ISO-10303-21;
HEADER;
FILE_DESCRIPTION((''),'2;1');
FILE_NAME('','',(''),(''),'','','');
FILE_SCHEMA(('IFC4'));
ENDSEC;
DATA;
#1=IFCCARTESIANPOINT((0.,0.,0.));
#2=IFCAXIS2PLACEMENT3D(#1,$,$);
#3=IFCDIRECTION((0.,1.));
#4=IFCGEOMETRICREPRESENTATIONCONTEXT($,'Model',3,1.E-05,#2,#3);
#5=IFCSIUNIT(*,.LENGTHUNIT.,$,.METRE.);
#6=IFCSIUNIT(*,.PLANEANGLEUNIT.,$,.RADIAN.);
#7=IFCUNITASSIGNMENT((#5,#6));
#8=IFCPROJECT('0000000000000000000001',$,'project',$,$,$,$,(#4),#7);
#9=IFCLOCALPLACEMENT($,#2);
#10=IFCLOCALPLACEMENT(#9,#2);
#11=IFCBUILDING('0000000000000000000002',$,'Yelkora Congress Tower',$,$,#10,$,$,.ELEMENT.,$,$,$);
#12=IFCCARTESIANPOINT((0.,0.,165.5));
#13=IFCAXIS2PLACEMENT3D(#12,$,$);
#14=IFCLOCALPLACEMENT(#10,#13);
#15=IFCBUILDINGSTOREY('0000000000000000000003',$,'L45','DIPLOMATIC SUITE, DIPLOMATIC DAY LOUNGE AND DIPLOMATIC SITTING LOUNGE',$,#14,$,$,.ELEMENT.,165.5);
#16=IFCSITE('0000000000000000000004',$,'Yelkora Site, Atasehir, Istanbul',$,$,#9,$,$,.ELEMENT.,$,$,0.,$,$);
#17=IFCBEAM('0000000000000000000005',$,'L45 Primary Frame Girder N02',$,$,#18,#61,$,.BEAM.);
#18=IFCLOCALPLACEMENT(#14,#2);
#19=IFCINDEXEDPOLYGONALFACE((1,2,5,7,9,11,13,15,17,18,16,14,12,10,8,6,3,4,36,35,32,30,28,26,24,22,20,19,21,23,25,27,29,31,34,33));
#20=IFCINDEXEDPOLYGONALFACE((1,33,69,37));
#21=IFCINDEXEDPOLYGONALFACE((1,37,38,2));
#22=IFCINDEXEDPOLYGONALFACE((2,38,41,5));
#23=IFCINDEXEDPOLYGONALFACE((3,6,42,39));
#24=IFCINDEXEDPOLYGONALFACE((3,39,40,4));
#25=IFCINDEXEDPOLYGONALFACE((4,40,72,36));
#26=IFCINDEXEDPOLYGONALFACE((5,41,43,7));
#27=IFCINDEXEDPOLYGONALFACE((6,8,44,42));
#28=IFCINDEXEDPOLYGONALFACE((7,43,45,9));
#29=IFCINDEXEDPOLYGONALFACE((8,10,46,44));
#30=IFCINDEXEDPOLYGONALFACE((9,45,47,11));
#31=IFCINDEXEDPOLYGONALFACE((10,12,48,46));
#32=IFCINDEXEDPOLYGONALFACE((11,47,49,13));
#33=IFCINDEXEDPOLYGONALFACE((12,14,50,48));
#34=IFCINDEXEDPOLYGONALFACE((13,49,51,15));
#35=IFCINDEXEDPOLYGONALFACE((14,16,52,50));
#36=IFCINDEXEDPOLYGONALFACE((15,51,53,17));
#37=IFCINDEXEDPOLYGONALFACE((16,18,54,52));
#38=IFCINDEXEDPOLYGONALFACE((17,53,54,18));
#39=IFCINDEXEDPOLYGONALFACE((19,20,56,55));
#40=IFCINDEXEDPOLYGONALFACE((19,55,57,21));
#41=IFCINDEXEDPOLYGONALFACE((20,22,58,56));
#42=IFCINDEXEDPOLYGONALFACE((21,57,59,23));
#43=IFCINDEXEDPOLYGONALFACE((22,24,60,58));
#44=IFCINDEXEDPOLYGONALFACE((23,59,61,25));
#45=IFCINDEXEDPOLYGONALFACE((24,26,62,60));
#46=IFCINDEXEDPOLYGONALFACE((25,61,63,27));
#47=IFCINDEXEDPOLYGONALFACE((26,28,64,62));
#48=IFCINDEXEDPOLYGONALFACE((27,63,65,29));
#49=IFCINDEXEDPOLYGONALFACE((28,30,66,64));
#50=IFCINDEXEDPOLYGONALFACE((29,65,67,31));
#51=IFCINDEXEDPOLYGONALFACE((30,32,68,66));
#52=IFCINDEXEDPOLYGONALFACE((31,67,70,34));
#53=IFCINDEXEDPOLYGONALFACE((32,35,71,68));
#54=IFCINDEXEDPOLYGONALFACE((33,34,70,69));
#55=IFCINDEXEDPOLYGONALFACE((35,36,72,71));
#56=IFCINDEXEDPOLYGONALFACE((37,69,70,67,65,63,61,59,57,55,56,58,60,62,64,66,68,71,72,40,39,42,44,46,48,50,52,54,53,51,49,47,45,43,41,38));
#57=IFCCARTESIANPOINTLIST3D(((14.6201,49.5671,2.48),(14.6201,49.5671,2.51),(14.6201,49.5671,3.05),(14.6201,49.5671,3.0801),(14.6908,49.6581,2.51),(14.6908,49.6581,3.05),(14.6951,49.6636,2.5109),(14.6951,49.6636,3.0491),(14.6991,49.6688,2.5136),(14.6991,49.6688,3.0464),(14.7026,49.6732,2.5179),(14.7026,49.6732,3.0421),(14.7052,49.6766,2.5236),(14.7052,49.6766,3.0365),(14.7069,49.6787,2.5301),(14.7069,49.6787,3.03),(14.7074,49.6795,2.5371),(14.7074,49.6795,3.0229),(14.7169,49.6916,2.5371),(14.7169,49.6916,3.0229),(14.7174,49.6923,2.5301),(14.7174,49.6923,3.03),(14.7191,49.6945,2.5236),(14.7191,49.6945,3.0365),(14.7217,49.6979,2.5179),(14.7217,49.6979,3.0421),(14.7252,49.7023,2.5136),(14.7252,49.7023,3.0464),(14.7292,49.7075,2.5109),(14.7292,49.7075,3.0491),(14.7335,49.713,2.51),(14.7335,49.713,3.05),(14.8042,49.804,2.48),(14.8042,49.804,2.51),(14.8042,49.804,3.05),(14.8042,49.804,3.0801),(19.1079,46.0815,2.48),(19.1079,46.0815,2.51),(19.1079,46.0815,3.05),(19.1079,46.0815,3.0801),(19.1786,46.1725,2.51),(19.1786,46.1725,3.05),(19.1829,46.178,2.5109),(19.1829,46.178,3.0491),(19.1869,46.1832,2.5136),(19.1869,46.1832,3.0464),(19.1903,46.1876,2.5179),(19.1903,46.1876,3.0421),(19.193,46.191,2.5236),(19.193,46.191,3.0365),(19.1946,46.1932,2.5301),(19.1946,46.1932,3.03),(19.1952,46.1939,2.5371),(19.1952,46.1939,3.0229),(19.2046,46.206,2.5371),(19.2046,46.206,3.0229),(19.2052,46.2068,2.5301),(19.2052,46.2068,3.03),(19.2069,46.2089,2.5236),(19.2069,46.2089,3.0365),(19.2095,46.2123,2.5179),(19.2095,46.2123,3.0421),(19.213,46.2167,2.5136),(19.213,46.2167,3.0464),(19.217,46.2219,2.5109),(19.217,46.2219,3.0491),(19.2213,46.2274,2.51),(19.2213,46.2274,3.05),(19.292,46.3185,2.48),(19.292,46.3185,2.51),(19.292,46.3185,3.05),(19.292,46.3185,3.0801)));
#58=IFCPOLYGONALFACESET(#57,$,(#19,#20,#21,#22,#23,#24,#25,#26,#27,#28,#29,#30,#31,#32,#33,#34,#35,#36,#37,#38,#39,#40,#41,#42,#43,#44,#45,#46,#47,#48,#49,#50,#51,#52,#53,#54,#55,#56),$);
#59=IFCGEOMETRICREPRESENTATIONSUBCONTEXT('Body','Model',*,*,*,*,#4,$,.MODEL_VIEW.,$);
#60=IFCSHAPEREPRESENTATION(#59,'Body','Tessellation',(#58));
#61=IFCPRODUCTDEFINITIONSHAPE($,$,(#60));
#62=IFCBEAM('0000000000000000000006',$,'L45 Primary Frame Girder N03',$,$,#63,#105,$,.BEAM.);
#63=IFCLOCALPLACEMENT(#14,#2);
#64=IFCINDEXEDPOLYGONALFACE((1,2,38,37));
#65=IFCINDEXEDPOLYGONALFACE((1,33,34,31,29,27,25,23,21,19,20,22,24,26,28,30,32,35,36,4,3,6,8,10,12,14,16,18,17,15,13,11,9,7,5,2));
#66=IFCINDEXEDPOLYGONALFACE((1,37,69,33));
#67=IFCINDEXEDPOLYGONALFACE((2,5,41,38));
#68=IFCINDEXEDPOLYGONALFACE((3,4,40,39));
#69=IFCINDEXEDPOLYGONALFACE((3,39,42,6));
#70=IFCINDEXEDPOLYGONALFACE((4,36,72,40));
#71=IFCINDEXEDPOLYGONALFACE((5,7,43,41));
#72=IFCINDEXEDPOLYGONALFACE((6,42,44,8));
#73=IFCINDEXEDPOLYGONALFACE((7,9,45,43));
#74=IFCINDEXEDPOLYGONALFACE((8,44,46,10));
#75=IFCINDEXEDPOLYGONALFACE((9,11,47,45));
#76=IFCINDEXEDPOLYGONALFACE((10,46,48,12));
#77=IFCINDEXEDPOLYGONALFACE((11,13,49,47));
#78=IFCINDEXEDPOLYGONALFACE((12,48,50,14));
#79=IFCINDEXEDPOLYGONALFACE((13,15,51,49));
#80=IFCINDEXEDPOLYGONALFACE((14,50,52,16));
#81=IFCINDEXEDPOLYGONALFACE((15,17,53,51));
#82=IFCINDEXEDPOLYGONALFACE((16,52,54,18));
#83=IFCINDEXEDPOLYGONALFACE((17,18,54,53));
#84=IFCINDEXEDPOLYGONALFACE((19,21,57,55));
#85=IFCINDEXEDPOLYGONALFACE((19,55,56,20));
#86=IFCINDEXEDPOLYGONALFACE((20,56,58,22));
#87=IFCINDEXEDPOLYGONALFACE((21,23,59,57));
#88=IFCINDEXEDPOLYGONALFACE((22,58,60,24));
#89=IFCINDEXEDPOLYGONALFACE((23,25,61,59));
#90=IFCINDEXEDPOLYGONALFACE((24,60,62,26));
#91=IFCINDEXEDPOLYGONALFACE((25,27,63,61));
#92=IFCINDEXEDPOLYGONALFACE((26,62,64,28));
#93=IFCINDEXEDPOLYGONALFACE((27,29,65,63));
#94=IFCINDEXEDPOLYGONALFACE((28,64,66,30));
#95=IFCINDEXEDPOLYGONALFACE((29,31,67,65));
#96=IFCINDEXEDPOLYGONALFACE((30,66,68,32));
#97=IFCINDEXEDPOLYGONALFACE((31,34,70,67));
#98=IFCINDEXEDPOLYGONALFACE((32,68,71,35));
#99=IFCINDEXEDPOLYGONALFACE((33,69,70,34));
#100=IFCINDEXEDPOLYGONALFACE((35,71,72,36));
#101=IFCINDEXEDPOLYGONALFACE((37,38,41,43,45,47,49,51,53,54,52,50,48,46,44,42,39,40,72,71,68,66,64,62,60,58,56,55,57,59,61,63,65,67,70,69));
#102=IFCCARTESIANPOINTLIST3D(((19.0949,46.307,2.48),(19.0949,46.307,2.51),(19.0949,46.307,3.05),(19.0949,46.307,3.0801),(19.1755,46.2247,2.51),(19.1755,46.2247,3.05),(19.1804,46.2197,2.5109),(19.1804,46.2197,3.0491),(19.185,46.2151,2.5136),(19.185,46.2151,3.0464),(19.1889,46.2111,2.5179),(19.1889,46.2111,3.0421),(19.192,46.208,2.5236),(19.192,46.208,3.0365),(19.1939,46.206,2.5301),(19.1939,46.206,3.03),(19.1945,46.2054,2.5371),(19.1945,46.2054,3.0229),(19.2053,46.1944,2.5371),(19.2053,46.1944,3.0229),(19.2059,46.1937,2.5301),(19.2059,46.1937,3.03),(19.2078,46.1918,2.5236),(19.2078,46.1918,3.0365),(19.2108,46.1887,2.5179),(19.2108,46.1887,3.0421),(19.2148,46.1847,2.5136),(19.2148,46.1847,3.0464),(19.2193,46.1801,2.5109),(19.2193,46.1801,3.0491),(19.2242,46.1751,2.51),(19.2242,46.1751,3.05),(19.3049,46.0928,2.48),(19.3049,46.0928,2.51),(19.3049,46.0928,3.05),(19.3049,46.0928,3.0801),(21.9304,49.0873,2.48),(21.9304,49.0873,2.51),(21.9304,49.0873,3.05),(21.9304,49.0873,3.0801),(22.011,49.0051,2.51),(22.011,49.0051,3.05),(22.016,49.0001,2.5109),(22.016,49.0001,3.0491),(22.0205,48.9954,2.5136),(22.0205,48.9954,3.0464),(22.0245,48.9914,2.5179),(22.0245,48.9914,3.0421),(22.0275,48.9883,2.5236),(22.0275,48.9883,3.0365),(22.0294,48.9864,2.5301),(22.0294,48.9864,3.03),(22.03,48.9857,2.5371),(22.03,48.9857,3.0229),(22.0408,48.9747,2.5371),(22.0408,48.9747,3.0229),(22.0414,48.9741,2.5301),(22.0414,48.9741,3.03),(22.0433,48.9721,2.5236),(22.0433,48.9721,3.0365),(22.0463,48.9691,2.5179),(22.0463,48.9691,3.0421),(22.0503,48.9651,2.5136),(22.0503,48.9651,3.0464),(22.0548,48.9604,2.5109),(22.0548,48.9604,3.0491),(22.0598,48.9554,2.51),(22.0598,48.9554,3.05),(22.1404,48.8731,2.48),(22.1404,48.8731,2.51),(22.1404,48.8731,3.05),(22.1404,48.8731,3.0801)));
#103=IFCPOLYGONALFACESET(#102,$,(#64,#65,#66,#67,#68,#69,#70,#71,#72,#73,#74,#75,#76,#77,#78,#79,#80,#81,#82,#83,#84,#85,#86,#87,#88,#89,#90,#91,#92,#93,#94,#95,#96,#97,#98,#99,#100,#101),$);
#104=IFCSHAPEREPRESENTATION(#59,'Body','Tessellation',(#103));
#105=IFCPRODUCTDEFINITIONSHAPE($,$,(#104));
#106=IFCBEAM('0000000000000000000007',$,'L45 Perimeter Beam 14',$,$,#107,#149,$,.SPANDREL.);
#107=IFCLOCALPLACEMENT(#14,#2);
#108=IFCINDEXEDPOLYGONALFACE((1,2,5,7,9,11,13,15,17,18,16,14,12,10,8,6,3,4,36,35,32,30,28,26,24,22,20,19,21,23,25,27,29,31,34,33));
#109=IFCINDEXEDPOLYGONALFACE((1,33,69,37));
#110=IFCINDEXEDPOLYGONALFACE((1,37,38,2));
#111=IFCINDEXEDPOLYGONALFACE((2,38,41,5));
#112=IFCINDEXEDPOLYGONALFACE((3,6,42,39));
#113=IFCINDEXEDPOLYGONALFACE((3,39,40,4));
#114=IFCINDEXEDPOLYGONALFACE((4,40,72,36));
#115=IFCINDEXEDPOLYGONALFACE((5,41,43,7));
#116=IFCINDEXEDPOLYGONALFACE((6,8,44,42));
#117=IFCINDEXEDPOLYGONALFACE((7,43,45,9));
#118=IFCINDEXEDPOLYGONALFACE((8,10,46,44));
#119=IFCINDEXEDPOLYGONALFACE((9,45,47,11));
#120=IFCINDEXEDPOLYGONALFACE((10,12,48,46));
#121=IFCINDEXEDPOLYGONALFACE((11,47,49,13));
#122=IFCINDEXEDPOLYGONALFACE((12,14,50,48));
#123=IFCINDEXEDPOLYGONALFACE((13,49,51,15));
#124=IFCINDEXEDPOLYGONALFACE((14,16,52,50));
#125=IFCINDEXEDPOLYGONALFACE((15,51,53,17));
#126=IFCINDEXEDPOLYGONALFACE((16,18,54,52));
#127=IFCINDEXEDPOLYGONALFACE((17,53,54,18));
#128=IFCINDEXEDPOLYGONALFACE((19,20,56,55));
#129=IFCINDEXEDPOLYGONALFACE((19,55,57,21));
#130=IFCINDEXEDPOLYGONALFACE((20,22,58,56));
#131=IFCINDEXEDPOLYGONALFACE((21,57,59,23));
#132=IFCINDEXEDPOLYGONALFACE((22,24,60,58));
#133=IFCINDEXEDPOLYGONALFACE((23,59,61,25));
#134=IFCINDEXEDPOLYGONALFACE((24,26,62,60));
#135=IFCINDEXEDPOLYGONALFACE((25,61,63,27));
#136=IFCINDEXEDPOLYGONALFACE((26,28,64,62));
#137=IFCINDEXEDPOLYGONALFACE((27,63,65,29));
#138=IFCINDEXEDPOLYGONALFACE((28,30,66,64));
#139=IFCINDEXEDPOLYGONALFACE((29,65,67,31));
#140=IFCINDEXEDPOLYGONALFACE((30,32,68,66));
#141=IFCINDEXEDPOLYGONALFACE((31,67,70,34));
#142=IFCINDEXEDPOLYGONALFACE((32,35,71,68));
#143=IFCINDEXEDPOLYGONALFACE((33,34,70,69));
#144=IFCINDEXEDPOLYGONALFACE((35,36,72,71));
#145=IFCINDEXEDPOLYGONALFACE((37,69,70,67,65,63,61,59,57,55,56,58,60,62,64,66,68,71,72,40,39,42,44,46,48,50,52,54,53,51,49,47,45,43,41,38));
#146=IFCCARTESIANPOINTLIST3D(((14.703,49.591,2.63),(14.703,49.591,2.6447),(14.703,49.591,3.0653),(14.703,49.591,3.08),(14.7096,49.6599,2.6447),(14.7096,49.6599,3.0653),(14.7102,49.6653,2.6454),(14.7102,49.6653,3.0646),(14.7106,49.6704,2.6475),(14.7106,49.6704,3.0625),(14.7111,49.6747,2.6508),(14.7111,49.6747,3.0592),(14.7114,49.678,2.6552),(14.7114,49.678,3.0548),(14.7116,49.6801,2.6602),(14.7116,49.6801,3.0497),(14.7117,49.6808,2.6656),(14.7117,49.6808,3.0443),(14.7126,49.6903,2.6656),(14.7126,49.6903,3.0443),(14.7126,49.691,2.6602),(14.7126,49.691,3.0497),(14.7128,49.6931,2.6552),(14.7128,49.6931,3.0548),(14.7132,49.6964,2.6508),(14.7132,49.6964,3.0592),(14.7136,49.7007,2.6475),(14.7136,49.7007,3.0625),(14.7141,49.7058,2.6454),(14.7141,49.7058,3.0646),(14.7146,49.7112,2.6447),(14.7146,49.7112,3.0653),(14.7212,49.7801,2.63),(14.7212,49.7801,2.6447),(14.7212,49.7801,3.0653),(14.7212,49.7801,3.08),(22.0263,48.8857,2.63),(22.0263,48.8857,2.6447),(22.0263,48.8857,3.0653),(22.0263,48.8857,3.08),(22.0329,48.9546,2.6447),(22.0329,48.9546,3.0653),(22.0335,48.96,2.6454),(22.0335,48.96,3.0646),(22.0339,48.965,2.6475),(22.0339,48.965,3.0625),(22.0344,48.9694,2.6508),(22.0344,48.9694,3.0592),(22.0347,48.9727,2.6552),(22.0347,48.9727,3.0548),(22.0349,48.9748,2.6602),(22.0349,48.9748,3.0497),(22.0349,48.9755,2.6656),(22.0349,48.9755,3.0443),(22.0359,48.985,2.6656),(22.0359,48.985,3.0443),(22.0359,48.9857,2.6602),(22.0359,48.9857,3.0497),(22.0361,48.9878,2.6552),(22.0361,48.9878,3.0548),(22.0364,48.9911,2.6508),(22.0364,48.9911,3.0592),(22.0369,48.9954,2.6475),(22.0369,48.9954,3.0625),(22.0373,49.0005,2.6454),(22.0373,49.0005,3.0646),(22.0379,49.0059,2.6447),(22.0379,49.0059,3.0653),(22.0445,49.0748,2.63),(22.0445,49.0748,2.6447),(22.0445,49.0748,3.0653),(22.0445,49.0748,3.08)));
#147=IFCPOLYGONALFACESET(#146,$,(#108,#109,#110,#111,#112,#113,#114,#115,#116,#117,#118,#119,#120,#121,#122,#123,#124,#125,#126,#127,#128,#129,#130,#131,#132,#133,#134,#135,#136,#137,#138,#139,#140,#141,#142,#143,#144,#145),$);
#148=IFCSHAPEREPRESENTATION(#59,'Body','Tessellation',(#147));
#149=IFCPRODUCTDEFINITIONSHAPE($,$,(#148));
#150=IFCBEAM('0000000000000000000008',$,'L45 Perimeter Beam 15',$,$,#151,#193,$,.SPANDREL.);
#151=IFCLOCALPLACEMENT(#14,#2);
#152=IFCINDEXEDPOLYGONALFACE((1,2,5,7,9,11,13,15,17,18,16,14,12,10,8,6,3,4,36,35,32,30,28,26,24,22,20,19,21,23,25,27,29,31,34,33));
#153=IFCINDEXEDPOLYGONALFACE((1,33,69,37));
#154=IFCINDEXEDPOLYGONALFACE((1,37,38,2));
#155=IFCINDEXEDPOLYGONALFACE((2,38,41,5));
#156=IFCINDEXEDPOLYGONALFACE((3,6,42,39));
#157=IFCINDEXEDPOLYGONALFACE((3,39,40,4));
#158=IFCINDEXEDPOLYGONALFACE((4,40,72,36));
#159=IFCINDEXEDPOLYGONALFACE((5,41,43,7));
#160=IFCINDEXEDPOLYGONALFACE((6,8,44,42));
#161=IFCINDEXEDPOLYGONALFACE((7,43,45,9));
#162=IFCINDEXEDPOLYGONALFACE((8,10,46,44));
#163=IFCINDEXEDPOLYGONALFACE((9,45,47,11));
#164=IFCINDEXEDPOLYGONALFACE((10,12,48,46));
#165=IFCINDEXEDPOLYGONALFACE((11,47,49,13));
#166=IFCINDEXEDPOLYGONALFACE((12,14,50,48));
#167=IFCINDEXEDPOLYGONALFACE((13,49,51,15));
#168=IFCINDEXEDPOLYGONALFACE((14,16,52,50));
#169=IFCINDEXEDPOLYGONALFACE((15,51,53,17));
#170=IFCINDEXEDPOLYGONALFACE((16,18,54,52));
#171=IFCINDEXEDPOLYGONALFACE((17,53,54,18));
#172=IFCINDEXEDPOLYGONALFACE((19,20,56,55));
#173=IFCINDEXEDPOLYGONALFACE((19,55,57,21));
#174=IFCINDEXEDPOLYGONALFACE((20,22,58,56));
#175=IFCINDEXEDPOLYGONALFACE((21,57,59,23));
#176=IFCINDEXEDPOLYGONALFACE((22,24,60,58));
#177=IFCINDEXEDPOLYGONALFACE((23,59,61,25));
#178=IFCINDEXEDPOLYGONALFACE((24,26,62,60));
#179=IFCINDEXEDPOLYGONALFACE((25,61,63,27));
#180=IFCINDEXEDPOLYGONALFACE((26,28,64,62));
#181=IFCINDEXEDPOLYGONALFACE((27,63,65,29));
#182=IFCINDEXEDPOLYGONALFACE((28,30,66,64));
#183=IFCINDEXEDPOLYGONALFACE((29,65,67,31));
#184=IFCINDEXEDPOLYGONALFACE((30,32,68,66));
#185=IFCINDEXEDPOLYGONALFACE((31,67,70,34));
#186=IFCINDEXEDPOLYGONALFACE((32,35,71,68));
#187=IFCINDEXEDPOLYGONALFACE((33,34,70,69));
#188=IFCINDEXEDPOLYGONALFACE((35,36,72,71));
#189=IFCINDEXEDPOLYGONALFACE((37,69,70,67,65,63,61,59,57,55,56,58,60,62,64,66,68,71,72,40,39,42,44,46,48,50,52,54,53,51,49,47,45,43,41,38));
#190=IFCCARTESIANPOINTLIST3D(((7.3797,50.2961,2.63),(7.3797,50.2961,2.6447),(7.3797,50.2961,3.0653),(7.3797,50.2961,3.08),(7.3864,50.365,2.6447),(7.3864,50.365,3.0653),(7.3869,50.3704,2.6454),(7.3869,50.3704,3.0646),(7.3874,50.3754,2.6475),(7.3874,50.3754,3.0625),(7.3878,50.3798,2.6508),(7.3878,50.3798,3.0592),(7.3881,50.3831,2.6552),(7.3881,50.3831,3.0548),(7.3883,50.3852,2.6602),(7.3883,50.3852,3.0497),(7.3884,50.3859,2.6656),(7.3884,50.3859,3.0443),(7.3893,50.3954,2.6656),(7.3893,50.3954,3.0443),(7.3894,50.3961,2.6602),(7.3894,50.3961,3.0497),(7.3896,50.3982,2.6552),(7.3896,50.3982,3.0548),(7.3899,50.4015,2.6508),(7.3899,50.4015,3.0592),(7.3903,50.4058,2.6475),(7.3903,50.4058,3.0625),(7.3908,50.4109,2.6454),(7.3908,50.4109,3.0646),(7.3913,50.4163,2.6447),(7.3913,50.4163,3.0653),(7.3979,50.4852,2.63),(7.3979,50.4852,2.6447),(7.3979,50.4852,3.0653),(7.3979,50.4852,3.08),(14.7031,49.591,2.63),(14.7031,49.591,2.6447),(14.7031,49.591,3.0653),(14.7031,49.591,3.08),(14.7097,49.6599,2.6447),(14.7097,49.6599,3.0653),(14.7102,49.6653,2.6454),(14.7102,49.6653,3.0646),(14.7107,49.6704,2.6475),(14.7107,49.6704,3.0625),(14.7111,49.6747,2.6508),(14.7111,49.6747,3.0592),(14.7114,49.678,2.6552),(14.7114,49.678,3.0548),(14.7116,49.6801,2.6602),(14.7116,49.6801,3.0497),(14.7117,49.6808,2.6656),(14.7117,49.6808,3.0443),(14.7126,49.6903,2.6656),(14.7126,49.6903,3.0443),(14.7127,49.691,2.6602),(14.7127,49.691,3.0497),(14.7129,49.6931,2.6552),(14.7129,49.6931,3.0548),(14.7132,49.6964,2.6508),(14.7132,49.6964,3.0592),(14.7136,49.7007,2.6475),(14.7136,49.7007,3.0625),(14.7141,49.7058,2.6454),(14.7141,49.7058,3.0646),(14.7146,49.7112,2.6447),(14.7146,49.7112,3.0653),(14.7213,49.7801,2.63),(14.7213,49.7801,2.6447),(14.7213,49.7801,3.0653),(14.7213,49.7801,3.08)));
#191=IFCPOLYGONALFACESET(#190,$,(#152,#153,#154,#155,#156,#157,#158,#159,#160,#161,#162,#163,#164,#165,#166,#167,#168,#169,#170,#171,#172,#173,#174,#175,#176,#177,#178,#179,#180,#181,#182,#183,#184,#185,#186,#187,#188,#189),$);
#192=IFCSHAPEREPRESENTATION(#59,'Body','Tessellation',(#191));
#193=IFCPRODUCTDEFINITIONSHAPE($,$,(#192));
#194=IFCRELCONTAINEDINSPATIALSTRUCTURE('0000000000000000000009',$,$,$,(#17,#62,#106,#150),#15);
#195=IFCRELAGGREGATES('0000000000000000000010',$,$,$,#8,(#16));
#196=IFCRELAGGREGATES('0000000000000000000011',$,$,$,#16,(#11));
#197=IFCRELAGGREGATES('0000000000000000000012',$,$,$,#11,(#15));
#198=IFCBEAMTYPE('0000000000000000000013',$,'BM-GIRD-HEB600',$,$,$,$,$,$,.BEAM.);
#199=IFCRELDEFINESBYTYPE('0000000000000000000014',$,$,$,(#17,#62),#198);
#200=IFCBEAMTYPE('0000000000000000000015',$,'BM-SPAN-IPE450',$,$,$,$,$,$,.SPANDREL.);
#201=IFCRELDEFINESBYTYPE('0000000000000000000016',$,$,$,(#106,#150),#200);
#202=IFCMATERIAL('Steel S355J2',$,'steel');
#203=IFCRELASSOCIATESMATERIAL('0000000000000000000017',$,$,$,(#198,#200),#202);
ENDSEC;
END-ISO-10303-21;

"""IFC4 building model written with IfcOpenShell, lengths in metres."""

from ifc_helpers import new_model, si_unit, direction, frame, origin, origin_2d, place, context, subcontext, project, spatial, i_section, extrude, material, material_profile, profile_set, type_object, element, save


model = new_model("IFC4")

# Units and contexts
model_context = context("Model", 3, precision=1e-05, world=origin(), true_north=direction((0.0, 1.0)))
body_context = subcontext(model_context, "Body", "Model", "MODEL_VIEW")
ifc_project = project(units=[si_unit("LENGTHUNIT", "METRE"), si_unit("PLANEANGLEUNIT", "RADIAN")], contexts=[model_context])

# Site, building, storey
site_placement = place(None, origin())
site = spatial("IfcSite", under=ifc_project, at=site_placement, Name="Yelkora Site, Atasehir, Istanbul", CompositionType="ELEMENT", RefElevation=0.0)
building_placement = place(site_placement, origin())
building = spatial("IfcBuilding", under=site, at=building_placement, Name="Yelkora Congress Tower", CompositionType="ELEMENT")
storey_placement = place(building_placement, frame((0.0, 0.0, 165.5)))
storey = spatial("IfcBuildingStorey", under=building, at=storey_placement, Name="L45", Description="DIPLOMATIC SUITE, DIPLOMATIC DAY LOUNGE AND DIPLOMATIC SITTING LOUNGE", CompositionType="ELEMENT", Elevation=165.5)

# Beams
ifc_material_1 = material(Name="Steel S355J2", Category="steel")
ifc_material_profile_1 = material_profile(ifc_material_1, i_section(OverallWidth=0.3, OverallDepth=0.6001, WebThickness=0.0154, FlangeThickness=0.03, FilletRadius=0.0271, at=origin_2d()), Name="HEB 600")
ifc_profile_set_1 = profile_set([ifc_material_profile_1], Name="Steel S355J2")
beam_type_1 = type_object("IfcBeamType", Name="BM-GIRD-HEB600", PredefinedType="BEAM", material=ifc_profile_set_1)
beam_1_placement = place(storey_placement, frame((14.7122, 49.6855, 2.78), z_axis=(0.789771, -0.613402, 0.0), x_axis=(0.613402, 0.789771, 0.0)))
element("IfcBeam", 1, at=beam_1_placement, inside=storey, type_object=beam_type_1, Name="L45 Primary Frame Girder N02", PredefinedType="BEAM", context=body_context, shape_type="SweptSolid", body=[
    extrude(i_section(OverallWidth=0.3, OverallDepth=0.6001, WebThickness=0.0154, FlangeThickness=0.03, FilletRadius=0.0271, at=origin_2d()), origin(), (0.0, 0.0, 1.0), 5.6824),
])
beam_2_placement = place(storey_placement, frame((22.0354, 48.9802, 2.78), z_axis=(-0.71402, -0.700126, 0.0), x_axis=(0.700126, -0.71402, 0.0)))
element("IfcBeam", 2, at=beam_2_placement, inside=storey, type_object=beam_type_1, Name="L45 Primary Frame Girder N03", PredefinedType="BEAM", context=body_context, shape_type="SweptSolid", body=[
    extrude(i_section(OverallWidth=0.3, OverallDepth=0.6001, WebThickness=0.0154, FlangeThickness=0.03, FilletRadius=0.0271, at=origin_2d()), origin(), (0.0, 0.0, 1.0), 3.9712),
])
ifc_material_profile_2 = material_profile(ifc_material_1, i_section(OverallWidth=0.1899, OverallDepth=0.45, WebThickness=0.0095, FlangeThickness=0.0146, FilletRadius=0.021, at=origin_2d()), Name="IPE 450")
ifc_profile_set_2 = profile_set([ifc_material_profile_2], Name="Steel S355J2")
beam_type_2 = type_object("IfcBeamType", Name="BM-SPAN-IPE450", PredefinedType="SPANDREL", material=ifc_profile_set_2)
for number, where, z_axis, x_axis, name in (
    (3, (22.0354, 48.9802, 2.855), (-0.995394, 0.095869, 0.0), (-0.095869, -0.995394, 0.0), "L45 Perimeter Beam 14"),
    (4, (14.7122, 49.6855, 2.855), (-0.995397, 0.095836, 0.0), (-0.095836, -0.995397, 0.0), "L45 Perimeter Beam 15"),
):
    element("IfcBeam", number, at=place(storey_placement, frame(where, z_axis=z_axis, x_axis=x_axis)), inside=storey, type_object=beam_type_2, Name=name, PredefinedType="SPANDREL", context=body_context, shape_type="SweptSolid", body=[
        extrude(i_section(OverallWidth=0.1899, OverallDepth=0.45, WebThickness=0.0095, FlangeThickness=0.0146, FilletRadius=0.021, at=origin_2d()), origin(), (0.0, 0.0, 1.0), 7.3572),
    ])

save(model, "model.ifc")
